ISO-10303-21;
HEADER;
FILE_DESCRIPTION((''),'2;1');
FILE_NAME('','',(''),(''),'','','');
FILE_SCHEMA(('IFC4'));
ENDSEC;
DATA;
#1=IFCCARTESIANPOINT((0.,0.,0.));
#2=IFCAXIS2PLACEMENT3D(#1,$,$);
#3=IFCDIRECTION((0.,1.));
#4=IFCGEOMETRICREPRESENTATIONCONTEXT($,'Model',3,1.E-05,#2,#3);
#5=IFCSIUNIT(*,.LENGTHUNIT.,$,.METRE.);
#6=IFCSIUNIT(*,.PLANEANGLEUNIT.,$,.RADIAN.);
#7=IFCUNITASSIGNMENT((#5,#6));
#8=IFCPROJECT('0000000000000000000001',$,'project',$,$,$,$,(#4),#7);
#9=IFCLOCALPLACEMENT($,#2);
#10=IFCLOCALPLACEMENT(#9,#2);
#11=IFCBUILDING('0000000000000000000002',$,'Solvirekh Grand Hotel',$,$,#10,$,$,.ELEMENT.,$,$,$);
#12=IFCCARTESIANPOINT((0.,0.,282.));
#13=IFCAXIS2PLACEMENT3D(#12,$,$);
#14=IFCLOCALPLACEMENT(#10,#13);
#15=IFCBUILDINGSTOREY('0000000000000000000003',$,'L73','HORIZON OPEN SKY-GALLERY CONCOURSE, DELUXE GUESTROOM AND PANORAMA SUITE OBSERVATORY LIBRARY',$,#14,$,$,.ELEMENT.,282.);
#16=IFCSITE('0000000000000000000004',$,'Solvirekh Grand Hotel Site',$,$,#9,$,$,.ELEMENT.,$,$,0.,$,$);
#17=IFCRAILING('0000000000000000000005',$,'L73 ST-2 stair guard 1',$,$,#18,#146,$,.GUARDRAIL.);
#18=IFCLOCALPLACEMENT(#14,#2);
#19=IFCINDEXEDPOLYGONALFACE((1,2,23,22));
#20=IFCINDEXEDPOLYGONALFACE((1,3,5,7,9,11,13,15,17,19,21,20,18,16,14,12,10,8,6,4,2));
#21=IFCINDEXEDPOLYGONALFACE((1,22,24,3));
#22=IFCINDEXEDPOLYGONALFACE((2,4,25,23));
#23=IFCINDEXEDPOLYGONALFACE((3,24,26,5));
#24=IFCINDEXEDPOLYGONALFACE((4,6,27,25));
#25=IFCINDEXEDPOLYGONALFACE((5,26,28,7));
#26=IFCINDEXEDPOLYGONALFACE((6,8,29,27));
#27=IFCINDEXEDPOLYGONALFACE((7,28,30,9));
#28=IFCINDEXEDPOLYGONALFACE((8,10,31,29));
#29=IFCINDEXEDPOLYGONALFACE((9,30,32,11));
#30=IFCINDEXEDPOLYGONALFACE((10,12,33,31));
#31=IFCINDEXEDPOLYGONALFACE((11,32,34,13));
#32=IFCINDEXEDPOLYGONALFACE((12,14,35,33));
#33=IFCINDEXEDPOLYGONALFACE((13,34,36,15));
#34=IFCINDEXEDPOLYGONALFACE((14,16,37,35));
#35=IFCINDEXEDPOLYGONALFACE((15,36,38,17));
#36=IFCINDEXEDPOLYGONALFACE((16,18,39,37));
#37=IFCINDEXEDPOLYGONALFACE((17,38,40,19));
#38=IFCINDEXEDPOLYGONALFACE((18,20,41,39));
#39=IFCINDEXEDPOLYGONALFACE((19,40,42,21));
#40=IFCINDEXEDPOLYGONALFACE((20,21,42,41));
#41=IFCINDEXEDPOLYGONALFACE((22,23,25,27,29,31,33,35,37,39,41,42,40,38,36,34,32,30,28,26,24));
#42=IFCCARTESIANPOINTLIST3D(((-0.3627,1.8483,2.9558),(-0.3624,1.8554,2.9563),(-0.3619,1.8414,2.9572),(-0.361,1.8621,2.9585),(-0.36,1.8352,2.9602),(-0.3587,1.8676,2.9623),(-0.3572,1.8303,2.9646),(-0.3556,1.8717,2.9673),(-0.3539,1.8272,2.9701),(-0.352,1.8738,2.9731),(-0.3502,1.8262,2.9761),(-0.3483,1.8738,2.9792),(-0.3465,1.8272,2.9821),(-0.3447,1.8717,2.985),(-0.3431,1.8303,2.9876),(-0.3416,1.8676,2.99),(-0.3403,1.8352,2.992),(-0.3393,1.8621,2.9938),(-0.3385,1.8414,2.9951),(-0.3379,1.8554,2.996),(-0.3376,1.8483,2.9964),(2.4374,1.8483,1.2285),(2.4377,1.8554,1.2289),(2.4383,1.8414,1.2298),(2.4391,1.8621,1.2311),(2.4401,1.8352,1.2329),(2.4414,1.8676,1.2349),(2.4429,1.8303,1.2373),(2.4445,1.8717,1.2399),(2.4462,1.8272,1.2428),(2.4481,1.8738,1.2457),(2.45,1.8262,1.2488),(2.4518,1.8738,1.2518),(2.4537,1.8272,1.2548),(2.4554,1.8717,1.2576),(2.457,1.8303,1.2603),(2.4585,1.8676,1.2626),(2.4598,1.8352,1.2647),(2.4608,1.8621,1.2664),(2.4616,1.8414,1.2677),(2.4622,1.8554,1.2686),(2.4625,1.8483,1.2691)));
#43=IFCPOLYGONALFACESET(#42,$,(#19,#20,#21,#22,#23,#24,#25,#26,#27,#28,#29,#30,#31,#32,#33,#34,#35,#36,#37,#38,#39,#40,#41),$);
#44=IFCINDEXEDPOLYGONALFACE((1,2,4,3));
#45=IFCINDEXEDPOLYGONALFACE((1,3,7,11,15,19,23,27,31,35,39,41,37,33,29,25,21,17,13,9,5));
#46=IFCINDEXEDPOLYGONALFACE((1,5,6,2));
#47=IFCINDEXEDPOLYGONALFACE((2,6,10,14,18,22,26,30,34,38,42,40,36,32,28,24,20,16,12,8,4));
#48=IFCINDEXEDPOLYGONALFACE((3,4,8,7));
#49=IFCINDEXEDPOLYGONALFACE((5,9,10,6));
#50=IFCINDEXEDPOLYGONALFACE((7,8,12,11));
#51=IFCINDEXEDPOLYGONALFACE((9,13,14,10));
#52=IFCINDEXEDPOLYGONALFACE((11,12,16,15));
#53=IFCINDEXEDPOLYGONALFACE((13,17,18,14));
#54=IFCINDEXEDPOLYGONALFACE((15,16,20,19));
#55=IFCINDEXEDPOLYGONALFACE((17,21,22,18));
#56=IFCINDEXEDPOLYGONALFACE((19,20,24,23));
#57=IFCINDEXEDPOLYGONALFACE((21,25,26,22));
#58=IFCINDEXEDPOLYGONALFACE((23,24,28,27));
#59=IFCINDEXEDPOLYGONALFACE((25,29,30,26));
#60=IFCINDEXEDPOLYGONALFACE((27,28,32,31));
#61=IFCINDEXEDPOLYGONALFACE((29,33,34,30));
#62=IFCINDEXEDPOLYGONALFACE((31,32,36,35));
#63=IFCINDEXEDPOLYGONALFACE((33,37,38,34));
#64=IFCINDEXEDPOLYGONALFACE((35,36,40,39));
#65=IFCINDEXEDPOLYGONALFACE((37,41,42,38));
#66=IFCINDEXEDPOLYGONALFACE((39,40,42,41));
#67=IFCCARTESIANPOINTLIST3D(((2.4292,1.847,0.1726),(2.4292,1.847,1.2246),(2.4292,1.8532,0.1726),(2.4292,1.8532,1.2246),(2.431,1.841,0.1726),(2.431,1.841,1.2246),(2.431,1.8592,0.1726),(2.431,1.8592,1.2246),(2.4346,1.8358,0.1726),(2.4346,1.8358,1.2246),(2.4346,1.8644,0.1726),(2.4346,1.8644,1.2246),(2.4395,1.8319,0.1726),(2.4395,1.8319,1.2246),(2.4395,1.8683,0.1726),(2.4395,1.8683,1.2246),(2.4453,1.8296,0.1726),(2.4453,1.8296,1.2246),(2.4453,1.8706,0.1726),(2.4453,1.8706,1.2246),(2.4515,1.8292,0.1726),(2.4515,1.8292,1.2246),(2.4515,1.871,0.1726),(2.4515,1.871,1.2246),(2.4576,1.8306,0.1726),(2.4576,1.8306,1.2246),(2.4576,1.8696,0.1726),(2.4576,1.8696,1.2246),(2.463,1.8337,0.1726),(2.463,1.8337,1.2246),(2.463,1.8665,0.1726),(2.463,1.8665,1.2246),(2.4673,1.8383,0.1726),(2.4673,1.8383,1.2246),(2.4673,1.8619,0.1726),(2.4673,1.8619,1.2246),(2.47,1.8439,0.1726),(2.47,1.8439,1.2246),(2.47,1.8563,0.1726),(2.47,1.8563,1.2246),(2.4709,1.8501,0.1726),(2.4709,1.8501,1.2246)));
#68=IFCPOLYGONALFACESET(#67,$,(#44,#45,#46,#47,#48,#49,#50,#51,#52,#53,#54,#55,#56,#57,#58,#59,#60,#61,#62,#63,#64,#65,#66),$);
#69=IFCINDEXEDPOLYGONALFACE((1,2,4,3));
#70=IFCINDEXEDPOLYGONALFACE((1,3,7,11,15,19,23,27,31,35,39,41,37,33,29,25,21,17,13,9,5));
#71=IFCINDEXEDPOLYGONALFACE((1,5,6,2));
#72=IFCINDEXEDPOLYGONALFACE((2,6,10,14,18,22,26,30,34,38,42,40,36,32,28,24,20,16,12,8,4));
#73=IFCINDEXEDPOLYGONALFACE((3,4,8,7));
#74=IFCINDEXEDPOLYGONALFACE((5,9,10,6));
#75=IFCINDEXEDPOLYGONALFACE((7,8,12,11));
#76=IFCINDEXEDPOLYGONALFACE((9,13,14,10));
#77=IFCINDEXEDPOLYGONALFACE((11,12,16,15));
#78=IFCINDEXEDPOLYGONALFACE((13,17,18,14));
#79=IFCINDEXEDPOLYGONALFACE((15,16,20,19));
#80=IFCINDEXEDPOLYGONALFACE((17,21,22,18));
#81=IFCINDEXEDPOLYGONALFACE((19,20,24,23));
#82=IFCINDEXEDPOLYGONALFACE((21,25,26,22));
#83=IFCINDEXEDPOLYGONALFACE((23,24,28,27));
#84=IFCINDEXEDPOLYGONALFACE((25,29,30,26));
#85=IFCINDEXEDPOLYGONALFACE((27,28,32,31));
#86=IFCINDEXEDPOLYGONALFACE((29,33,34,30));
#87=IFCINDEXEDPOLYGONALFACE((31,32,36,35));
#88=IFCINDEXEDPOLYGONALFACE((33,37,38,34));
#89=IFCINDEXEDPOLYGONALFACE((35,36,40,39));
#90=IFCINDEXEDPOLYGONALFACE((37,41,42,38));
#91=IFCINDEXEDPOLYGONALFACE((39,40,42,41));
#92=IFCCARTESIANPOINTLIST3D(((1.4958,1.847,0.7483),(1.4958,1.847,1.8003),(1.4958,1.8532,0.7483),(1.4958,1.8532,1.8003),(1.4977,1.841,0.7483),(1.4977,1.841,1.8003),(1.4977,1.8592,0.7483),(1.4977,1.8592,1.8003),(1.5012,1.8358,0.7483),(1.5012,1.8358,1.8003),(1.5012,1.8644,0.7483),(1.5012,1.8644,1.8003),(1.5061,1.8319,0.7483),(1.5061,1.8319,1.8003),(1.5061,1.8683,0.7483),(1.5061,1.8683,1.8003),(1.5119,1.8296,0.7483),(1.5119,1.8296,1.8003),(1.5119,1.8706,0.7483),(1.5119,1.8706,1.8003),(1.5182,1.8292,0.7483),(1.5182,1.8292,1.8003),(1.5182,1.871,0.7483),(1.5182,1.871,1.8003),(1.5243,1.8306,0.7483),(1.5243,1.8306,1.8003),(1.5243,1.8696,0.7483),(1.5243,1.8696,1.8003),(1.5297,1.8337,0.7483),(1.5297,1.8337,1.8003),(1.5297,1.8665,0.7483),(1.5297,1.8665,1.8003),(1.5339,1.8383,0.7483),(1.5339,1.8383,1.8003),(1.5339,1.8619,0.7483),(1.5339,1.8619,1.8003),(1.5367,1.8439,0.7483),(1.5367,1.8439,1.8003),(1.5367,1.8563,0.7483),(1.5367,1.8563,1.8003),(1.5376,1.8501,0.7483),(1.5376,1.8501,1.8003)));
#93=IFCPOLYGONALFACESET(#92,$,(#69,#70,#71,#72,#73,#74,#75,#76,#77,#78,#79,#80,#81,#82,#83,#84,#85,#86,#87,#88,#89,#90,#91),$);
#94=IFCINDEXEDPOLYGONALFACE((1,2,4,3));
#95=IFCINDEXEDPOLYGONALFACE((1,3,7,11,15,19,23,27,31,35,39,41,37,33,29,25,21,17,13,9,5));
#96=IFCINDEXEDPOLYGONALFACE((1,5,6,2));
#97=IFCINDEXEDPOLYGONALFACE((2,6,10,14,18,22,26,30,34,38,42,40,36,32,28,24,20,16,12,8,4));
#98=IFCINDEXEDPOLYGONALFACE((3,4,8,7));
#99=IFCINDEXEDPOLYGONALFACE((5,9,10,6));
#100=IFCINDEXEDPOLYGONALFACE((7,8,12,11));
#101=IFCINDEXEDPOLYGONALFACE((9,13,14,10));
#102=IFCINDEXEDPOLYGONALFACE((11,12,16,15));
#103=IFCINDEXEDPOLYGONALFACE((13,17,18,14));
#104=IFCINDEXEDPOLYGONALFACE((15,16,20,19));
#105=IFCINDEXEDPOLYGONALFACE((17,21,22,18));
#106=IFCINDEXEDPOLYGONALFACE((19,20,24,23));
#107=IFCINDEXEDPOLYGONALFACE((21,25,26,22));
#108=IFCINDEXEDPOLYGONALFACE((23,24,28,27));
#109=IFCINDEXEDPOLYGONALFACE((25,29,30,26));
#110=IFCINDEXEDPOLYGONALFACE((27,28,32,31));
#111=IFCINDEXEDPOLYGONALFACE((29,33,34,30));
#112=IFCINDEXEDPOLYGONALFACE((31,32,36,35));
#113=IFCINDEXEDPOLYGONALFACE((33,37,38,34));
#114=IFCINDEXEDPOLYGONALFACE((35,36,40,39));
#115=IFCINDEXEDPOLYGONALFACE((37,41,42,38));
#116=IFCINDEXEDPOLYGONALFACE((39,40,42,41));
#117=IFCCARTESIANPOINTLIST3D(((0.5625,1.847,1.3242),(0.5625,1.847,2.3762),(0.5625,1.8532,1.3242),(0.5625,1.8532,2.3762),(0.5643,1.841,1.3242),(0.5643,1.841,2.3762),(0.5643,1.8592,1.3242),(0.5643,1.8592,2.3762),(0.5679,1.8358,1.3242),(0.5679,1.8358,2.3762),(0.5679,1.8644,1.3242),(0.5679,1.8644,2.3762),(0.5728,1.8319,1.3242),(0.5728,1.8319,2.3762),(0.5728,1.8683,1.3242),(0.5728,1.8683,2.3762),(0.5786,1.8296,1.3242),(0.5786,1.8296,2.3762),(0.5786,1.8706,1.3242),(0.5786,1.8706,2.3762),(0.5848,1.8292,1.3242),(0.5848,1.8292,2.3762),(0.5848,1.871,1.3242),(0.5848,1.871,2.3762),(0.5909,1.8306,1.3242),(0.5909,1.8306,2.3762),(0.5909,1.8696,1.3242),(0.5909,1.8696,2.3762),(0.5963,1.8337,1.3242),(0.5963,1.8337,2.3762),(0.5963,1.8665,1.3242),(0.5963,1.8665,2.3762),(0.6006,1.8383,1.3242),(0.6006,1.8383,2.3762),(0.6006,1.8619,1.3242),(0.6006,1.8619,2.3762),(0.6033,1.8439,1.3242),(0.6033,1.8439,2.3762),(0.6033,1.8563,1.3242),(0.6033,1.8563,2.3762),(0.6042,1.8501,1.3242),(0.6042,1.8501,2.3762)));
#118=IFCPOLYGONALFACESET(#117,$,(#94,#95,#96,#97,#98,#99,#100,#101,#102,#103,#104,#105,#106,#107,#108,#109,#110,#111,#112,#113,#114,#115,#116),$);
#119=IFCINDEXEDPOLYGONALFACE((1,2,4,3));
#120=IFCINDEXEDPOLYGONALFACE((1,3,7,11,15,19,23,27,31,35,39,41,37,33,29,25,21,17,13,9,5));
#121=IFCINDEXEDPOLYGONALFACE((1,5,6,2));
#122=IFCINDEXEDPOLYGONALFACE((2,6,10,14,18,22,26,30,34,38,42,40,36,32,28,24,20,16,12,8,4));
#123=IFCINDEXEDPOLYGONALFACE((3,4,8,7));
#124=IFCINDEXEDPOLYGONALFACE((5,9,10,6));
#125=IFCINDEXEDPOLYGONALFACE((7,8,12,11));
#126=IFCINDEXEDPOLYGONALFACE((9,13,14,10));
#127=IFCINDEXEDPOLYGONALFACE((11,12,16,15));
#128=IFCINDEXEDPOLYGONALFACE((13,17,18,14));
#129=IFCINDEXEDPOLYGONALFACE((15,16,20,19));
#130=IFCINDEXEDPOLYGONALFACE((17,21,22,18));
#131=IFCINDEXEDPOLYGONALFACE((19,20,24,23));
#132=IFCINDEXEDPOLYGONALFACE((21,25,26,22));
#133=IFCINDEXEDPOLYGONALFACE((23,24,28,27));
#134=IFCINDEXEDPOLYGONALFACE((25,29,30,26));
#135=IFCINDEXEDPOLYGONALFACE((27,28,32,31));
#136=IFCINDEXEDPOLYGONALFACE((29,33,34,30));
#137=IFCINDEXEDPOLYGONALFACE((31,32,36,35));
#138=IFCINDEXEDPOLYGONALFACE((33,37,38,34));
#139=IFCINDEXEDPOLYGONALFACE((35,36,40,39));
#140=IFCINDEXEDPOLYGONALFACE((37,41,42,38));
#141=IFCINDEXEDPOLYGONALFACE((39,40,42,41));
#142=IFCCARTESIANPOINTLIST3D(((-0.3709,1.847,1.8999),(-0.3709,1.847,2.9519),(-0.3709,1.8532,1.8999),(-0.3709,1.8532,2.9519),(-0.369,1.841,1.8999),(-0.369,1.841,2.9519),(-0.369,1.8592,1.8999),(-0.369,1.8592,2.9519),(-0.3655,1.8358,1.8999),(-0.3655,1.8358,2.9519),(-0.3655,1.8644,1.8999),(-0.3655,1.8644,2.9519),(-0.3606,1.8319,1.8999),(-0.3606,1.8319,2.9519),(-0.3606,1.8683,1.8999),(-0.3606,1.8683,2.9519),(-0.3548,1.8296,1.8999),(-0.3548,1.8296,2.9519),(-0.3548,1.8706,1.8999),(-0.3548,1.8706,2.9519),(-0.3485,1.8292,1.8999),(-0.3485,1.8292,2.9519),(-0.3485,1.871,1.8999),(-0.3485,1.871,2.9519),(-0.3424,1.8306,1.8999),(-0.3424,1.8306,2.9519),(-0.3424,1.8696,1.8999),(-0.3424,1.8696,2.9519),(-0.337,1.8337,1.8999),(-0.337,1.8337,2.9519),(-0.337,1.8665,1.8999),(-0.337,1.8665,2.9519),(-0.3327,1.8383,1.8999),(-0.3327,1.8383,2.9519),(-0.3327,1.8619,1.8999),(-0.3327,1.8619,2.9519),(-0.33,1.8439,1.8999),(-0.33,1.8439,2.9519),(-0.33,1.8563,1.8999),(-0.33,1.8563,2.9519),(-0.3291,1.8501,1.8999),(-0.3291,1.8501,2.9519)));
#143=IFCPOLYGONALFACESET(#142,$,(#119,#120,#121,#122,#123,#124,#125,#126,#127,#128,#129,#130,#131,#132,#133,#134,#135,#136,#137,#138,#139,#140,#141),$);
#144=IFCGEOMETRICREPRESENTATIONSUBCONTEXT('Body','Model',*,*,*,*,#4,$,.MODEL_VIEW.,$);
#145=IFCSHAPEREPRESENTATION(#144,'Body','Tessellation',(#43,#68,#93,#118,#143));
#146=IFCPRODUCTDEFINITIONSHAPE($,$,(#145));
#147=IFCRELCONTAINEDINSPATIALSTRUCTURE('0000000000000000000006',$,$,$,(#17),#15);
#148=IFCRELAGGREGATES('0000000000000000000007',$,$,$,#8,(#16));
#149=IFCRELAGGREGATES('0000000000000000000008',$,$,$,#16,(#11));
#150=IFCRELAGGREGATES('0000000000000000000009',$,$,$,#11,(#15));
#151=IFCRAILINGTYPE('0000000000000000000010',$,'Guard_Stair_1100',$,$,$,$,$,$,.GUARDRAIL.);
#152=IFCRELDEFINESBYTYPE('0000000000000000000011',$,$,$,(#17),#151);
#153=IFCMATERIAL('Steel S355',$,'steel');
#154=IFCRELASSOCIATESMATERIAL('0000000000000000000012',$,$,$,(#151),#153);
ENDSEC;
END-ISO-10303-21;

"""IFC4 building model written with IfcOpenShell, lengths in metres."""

from ifc_helpers import new_model, si_unit, direction, frame, origin, origin_2d, place, context, subcontext, project, spatial, circle, extrude, material, type_object, element, save


model = new_model("IFC4")

# Units and contexts
model_context = context("Model", 3, precision=1e-05, world=origin(), true_north=direction((0.0, 1.0)))
body_context = subcontext(model_context, "Body", "Model", "MODEL_VIEW")
ifc_project = project(units=[si_unit("LENGTHUNIT", "METRE"), si_unit("PLANEANGLEUNIT", "RADIAN")], contexts=[model_context])

# Site, building, storey
site_placement = place(None, origin())
site = spatial("IfcSite", under=ifc_project, at=site_placement, Name="Solvirekh Grand Hotel Site", CompositionType="ELEMENT", RefElevation=0.0)
building_placement = place(site_placement, origin())
building = spatial("IfcBuilding", under=site, at=building_placement, Name="Solvirekh Grand Hotel", CompositionType="ELEMENT")
storey_placement = place(building_placement, frame((0.0, 0.0, 282.0)))
storey = spatial("IfcBuildingStorey", under=building, at=storey_placement, Name="L73", Description="HORIZON OPEN SKY-GALLERY CONCOURSE, DELUXE GUESTROOM AND PANORAMA SUITE OBSERVATORY LIBRARY", CompositionType="ELEMENT", Elevation=282.0)

# Railing
ifc_material_1 = material(Name="Steel S355", Category="steel")
railing_type_1 = type_object("IfcRailingType", Name="Guard_Stair_1100", PredefinedType="GUARDRAIL", material=ifc_material_1)
railing_1_placement = place(storey_placement, frame((2.45, 1.8501, 0.1726)))
element("IfcRailing", 1, at=railing_1_placement, inside=storey, type_object=railing_type_1, Name="L73 ST-2 stair guard 1", PredefinedType="GUARDRAIL", context=body_context, shape_type="SweptSolid", body=[
    extrude(circle(Radius=0.0239, at=origin_2d()), frame((0.0, 0.0, 1.0762), z_axis=(-0.85109, 0.0, 0.52502), x_axis=(0.0, -1.0, 0.0)), (0.0, 0.0, 1.0), 3.29),
    extrude(circle(Radius=0.021, at=origin_2d()), origin(), (0.0, 0.0, 1.0), 1.052),
    extrude(circle(Radius=0.021, at=origin_2d()), frame((-0.9333, 0.0, 0.5757)), (0.0, 0.0, 1.0), 1.052),
    extrude(circle(Radius=0.021, at=origin_2d()), frame((-1.8667, 0.0, 1.1516)), (0.0, 0.0, 1.0), 1.052),
    extrude(circle(Radius=0.021, at=origin_2d()), frame((-2.8, 0.0, 1.7273)), (0.0, 0.0, 1.0), 1.052),
])

save(model, "model.ifc")
